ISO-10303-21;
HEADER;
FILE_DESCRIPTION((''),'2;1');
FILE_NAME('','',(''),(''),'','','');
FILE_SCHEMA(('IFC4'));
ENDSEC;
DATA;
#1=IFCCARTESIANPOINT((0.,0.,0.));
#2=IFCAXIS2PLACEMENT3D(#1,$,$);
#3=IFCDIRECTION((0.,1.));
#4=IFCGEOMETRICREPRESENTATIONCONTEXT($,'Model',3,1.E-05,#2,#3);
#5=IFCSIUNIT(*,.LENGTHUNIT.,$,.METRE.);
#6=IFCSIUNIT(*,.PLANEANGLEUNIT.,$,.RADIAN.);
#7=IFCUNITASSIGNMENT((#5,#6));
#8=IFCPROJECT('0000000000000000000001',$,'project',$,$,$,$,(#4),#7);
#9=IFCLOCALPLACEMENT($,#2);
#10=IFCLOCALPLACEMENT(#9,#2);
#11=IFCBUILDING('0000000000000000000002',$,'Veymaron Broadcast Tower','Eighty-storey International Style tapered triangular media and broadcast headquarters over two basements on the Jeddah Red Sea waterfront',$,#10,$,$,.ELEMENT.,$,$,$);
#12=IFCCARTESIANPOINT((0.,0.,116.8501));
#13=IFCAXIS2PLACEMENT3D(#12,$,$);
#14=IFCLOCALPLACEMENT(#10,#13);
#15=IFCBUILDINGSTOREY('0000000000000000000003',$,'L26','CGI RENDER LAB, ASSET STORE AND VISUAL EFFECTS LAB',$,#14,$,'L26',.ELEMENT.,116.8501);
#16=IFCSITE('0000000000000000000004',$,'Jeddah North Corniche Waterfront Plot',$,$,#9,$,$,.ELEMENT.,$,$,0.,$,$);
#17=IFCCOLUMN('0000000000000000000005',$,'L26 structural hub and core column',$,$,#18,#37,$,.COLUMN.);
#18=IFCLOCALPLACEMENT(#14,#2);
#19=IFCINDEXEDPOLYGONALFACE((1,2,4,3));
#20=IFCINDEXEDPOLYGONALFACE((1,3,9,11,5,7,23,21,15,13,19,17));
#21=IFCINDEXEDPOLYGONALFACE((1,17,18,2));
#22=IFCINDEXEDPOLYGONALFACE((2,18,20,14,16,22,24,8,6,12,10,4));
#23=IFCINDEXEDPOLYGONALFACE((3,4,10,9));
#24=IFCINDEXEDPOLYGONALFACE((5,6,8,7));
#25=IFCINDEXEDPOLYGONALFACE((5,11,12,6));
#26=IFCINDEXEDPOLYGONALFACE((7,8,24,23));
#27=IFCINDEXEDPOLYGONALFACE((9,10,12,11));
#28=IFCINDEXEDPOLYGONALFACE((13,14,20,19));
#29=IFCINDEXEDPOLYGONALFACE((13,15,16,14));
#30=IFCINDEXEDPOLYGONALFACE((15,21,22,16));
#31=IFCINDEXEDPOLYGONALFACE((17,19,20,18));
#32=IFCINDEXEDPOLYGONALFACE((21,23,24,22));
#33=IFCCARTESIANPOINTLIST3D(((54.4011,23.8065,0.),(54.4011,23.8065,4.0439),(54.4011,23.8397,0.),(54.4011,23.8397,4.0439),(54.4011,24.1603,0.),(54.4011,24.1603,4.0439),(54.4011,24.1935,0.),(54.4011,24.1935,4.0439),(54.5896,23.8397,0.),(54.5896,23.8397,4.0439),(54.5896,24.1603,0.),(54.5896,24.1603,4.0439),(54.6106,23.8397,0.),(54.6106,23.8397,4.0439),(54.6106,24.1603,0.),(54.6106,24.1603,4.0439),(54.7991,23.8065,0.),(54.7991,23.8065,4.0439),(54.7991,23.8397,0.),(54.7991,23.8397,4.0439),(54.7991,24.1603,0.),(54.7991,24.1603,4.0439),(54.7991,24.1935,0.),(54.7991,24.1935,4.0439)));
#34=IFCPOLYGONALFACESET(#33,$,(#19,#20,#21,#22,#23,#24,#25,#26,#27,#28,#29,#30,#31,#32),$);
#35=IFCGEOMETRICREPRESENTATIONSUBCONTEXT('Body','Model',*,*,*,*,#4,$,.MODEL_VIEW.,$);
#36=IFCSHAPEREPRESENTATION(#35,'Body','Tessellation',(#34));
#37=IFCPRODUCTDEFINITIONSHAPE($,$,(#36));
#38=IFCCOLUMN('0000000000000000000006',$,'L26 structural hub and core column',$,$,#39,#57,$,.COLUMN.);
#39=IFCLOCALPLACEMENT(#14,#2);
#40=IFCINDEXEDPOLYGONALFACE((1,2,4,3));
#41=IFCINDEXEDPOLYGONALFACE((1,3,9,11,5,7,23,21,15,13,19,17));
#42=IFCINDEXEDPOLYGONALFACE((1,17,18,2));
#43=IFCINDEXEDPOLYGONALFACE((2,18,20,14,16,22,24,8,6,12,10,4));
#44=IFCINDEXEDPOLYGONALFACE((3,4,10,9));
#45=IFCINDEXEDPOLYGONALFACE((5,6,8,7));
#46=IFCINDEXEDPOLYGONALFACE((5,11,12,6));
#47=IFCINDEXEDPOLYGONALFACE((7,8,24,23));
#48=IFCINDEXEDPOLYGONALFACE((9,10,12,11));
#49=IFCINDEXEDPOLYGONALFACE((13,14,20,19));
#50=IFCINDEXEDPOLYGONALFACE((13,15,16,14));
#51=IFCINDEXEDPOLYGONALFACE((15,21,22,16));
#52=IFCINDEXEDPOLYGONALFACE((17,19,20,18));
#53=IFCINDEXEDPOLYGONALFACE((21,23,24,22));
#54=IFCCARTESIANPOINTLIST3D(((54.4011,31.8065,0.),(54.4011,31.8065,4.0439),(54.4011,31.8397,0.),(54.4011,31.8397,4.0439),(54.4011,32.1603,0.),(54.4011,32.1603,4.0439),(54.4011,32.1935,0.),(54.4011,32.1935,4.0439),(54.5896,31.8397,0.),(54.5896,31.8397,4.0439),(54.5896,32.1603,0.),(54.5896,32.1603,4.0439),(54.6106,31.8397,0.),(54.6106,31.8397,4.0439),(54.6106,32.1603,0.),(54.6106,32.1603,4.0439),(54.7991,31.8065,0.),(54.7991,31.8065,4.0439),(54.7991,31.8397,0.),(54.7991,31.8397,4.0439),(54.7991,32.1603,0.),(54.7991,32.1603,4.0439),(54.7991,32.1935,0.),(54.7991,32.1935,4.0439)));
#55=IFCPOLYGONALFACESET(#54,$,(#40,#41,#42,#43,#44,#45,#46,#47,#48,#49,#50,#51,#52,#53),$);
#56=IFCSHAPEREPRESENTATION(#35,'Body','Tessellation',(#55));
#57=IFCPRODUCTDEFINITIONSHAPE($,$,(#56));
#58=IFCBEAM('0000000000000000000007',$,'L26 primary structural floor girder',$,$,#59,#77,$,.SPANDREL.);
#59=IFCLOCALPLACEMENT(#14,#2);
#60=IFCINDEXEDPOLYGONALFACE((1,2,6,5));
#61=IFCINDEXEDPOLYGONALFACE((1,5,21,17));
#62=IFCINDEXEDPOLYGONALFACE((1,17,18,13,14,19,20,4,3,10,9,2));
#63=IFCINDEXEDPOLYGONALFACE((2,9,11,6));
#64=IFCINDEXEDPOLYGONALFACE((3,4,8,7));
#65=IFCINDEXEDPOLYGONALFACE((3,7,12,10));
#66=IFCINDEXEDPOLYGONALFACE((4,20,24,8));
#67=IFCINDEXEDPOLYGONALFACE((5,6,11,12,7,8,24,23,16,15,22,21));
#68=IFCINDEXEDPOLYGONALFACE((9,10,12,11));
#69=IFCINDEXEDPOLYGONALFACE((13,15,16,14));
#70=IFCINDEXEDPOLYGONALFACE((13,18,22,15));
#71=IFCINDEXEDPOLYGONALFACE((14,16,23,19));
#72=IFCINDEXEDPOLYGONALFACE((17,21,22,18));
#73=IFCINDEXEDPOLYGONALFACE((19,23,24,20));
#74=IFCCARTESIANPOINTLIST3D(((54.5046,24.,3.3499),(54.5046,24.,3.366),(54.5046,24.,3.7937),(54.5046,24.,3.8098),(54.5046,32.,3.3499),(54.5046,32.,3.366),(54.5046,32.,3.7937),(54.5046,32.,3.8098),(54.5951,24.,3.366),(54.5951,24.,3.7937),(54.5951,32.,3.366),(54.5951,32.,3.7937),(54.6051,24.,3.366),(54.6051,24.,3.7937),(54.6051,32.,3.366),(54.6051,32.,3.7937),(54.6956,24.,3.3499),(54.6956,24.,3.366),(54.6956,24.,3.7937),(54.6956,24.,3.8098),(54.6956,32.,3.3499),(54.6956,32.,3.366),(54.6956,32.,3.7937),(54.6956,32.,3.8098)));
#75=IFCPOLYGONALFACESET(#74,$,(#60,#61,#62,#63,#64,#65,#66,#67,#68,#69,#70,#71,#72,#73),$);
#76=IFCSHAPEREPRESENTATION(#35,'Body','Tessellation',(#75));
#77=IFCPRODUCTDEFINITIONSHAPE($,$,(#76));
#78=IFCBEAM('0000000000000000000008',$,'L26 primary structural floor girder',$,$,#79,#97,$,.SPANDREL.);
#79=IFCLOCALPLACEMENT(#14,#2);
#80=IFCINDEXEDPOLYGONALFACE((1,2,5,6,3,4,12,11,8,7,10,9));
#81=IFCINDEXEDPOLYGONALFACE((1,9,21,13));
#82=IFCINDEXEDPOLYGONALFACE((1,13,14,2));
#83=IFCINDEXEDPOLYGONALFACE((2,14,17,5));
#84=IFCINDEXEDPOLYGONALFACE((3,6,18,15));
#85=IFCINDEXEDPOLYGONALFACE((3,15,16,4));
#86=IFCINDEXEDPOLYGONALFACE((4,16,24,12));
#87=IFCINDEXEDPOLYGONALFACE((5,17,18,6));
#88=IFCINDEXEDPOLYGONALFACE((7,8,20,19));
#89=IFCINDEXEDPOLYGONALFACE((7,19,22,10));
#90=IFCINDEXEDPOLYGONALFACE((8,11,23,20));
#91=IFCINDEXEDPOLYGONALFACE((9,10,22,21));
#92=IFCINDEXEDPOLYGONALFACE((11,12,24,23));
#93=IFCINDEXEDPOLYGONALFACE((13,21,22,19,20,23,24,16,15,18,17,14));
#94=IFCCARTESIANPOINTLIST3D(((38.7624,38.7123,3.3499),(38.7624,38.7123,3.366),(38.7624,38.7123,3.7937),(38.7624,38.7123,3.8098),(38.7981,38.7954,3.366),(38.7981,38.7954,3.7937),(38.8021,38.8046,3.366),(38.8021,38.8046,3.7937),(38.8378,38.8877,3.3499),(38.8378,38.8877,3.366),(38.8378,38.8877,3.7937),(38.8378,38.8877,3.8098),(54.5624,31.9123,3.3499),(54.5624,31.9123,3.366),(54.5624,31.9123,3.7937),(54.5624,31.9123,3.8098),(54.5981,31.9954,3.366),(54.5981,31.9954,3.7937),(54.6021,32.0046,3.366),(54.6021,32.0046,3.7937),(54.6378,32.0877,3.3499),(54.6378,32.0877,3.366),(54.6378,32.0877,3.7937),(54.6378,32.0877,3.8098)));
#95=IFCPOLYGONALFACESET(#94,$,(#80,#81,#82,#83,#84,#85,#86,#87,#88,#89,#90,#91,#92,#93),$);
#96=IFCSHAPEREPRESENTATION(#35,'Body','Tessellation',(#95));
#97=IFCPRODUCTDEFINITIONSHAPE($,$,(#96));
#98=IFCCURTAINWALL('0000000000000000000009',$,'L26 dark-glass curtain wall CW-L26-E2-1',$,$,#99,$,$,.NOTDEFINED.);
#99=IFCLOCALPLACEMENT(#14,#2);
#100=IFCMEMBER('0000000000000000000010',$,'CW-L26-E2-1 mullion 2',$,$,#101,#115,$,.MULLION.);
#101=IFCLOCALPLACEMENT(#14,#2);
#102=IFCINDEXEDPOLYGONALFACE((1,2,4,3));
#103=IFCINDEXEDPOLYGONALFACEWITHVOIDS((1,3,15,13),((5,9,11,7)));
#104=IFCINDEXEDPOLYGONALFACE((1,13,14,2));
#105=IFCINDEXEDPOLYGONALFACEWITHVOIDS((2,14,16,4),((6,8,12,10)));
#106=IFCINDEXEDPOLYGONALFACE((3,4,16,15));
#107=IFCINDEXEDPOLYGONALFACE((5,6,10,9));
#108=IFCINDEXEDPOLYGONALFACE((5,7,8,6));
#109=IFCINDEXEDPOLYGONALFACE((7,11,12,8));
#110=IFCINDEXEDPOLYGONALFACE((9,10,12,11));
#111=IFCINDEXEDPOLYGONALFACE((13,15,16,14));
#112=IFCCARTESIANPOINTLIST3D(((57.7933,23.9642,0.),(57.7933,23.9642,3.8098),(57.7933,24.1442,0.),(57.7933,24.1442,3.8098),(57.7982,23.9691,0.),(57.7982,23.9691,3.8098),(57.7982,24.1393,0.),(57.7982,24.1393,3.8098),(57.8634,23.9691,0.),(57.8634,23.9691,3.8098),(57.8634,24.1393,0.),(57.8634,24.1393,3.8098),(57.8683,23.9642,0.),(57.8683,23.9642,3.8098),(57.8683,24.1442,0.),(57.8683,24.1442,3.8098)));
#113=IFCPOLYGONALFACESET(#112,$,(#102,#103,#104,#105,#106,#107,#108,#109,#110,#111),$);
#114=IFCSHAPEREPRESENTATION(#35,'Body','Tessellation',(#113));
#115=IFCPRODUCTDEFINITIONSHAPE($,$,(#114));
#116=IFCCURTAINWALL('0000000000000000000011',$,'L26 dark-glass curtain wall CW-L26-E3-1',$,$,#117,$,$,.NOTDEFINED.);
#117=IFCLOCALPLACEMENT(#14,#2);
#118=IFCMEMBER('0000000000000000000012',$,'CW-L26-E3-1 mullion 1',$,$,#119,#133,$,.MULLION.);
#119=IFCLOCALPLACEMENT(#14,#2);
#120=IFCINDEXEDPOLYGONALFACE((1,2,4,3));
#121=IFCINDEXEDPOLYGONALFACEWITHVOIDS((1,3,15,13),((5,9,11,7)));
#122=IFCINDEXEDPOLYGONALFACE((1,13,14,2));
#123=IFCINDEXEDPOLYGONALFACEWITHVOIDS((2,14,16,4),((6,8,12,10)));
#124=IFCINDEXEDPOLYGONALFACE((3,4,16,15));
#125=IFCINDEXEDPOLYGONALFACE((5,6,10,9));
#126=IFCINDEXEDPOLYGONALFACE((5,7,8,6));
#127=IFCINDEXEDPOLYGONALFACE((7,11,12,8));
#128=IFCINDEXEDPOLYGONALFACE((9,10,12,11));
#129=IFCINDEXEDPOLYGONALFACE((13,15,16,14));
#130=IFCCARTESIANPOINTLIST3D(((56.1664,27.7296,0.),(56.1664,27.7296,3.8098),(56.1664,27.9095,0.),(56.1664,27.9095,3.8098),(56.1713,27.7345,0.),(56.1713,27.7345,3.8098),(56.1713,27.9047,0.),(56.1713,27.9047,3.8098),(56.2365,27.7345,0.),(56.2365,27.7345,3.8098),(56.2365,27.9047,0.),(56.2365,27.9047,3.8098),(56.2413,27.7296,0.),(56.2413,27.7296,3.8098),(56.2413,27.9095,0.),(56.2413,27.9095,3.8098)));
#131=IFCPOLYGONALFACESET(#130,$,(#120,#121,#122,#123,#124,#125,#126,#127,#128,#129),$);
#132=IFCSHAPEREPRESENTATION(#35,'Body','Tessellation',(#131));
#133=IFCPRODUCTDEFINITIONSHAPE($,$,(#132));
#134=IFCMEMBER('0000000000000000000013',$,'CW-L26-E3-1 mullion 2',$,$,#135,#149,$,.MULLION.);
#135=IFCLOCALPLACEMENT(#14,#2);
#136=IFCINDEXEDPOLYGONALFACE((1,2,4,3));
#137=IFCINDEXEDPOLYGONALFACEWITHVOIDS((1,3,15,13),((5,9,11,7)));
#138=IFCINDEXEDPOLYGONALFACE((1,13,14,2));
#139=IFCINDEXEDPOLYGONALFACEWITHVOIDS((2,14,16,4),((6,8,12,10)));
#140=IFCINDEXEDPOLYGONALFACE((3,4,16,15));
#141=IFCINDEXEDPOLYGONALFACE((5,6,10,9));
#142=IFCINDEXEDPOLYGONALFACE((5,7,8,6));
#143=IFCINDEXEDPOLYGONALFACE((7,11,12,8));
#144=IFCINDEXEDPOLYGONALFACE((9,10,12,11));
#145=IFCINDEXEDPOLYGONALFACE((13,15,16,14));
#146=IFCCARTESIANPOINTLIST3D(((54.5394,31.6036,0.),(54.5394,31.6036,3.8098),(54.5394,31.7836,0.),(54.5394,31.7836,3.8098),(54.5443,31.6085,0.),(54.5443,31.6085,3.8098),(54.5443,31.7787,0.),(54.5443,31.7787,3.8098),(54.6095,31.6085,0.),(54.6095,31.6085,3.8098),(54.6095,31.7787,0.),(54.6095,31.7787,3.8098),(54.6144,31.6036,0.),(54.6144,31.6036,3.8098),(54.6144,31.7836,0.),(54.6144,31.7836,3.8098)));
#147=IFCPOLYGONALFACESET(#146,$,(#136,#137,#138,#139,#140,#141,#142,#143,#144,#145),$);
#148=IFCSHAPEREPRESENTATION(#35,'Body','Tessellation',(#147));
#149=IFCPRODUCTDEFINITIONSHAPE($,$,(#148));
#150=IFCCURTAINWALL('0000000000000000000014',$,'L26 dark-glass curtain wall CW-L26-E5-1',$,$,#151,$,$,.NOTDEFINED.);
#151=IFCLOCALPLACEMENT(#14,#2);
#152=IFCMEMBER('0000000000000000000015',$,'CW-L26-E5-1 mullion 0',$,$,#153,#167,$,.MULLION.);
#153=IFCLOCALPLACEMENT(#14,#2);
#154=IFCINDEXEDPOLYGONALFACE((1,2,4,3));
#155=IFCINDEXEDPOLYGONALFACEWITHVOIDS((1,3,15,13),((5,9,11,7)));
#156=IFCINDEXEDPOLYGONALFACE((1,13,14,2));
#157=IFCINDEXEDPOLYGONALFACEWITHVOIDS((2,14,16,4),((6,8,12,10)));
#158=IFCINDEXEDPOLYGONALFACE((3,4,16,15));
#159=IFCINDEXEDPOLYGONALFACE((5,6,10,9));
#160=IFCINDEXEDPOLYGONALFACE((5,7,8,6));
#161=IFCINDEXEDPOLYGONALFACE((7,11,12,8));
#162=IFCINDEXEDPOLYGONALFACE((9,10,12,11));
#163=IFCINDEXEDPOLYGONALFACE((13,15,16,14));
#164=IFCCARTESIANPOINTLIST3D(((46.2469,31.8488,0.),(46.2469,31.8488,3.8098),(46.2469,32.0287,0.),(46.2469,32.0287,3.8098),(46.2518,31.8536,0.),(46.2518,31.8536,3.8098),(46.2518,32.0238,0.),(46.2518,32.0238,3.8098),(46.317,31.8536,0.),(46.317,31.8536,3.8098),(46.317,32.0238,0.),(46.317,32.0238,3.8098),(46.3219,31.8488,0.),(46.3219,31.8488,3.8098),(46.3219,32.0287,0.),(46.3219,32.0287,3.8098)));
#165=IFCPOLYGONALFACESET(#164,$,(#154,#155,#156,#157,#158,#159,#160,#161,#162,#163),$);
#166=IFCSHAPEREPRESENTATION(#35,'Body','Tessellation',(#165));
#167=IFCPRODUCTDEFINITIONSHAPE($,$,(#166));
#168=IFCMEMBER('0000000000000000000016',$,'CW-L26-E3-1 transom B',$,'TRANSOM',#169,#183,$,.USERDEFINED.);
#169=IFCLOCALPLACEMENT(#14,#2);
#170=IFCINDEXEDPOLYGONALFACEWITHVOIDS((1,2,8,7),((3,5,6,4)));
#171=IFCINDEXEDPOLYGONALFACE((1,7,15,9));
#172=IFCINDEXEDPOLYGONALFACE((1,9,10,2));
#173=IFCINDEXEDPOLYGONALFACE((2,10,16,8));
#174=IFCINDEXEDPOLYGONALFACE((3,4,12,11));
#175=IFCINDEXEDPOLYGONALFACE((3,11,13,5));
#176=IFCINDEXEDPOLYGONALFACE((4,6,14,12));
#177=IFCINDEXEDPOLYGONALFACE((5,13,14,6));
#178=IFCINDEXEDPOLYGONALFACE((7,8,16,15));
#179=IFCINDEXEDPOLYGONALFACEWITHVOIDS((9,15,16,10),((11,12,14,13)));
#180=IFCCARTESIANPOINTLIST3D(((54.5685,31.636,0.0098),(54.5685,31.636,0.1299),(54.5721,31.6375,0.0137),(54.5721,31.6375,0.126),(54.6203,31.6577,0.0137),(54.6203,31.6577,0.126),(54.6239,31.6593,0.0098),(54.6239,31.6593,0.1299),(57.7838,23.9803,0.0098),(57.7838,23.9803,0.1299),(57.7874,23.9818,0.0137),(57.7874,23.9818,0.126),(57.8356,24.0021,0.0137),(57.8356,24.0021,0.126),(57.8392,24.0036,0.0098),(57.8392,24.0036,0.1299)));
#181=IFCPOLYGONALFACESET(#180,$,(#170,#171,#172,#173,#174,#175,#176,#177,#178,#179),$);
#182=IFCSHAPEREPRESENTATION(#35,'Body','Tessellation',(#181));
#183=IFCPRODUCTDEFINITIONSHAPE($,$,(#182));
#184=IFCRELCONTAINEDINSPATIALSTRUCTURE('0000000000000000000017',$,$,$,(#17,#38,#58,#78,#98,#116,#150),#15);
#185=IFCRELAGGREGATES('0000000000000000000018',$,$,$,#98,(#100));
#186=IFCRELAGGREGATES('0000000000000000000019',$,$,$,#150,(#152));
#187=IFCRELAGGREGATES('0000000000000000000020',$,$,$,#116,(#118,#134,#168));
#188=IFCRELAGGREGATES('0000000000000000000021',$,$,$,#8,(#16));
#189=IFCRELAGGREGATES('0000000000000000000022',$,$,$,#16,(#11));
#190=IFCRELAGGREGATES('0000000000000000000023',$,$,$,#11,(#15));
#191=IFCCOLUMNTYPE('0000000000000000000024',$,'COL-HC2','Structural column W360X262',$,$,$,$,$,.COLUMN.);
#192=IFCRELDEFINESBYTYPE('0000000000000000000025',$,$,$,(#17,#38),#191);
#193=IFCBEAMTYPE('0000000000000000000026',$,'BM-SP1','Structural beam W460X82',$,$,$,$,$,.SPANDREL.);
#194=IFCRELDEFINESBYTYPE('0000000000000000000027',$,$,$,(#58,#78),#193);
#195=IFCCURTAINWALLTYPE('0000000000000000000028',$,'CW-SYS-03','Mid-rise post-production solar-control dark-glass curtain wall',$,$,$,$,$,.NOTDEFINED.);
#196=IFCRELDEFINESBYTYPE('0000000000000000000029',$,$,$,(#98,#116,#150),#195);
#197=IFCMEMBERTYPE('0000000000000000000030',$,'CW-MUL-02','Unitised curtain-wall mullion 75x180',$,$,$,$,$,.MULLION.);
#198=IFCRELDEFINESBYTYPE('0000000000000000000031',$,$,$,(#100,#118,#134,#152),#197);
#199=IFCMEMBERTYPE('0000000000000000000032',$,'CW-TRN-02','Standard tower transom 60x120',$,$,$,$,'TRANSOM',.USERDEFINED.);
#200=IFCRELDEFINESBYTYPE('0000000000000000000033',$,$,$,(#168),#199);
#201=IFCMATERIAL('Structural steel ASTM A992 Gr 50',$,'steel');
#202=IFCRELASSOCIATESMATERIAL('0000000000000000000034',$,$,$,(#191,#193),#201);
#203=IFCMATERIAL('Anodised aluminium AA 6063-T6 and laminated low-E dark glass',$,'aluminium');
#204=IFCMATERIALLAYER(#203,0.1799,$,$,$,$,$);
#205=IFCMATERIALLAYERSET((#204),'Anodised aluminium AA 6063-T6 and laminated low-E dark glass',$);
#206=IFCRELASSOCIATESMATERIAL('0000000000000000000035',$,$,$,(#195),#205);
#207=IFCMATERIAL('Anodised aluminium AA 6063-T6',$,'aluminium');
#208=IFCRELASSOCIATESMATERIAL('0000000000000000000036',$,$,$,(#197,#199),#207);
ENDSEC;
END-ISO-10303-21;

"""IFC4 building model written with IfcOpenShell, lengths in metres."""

from ifc_helpers import new_model, si_unit, direction, frame, origin, origin_2d, place, context, subcontext, project, spatial, hollow_rectangle, i_section, extrude, material, layer, layer_set, material_profile, profile_set, type_object, element, aggregate, save


model = new_model("IFC4")

# Units and contexts
model_context = context("Model", 3, precision=1e-05, world=origin(), true_north=direction((0.0, 1.0)))
body_context = subcontext(model_context, "Body", "Model", "MODEL_VIEW")
ifc_project = project(units=[si_unit("LENGTHUNIT", "METRE"), si_unit("PLANEANGLEUNIT", "RADIAN")], contexts=[model_context])

# Site, building, storey
site_placement = place(None, origin())
site = spatial("IfcSite", under=ifc_project, at=site_placement, Name="Jeddah North Corniche Waterfront Plot", CompositionType="ELEMENT", RefElevation=0.0)
building_placement = place(site_placement, origin())
building = spatial("IfcBuilding", under=site, at=building_placement, Name="Veymaron Broadcast Tower", Description="Eighty-storey International Style tapered triangular media and broadcast headquarters over two basements on the Jeddah Red Sea waterfront", CompositionType="ELEMENT")
storey_placement = place(building_placement, frame((0.0, 0.0, 116.8501)))
storey = spatial("IfcBuildingStorey", under=building, at=storey_placement, Name="L26", Description="CGI RENDER LAB, ASSET STORE AND VISUAL EFFECTS LAB", LongName="L26", CompositionType="ELEMENT", Elevation=116.8501)

# Columns
ifc_material_1 = material(Name="Structural steel ASTM A992 Gr 50", Category="steel")
ifc_material_profile_1 = material_profile(ifc_material_1, i_section(OverallWidth=0.3979, OverallDepth=0.387, WebThickness=0.021, FlangeThickness=0.0332, at=origin_2d()), Name="W360X262")
ifc_profile_set_1 = profile_set([ifc_material_profile_1], Name="Structural steel ASTM A992 Gr 50")
column_type = type_object("IfcColumnType", Name="COL-HC2", Description="Structural column W360X262", PredefinedType="COLUMN", material=ifc_profile_set_1)
for number, where, z_axis, x_axis, name in (
    (1, (54.6001, 24.0, 0.0), (0.0, 0.0, 1.0), (1.0, 0.0, 0.0), "L26 structural hub and core column"),
    (2, (54.6001, 32.0, 0.0), (0.0, 0.0, 1.0), (1.0, 0.0, 0.0), "L26 structural hub and core column"),
):
    element("IfcColumn", number, at=place(storey_placement, frame(where, z_axis=z_axis, x_axis=x_axis)), inside=storey, type_object=column_type, Name=name, PredefinedType="COLUMN", context=body_context, shape_type="SweptSolid", body=[
        extrude(i_section(OverallWidth=0.3979, OverallDepth=0.387, WebThickness=0.021, FlangeThickness=0.0332, at=origin_2d()), origin(), (0.0, 0.0, 1.0), 4.0439),
    ])

# Beams
ifc_material_profile_2 = material_profile(ifc_material_1, i_section(OverallWidth=0.1909, OverallDepth=0.46, WebThickness=0.01, FlangeThickness=0.0161, at=origin_2d()), Name="W460X82")
ifc_profile_set_2 = profile_set([ifc_material_profile_2], Name="Structural steel ASTM A992 Gr 50")
beam_type = type_object("IfcBeamType", Name="BM-SP1", Description="Structural beam W460X82", PredefinedType="SPANDREL", material=ifc_profile_set_2)
beam_1_placement = place(storey_placement, frame((54.6001, 24.0, 3.5798), z_axis=(0.0, 1.0, 0.0), x_axis=(-1.0, 0.0, 0.0)))
element("IfcBeam", 3, at=beam_1_placement, inside=storey, type_object=beam_type, Name="L26 primary structural floor girder", PredefinedType="SPANDREL", context=body_context, shape_type="SweptSolid", body=[
    extrude(i_section(OverallWidth=0.1909, OverallDepth=0.46, WebThickness=0.01, FlangeThickness=0.0161, at=origin_2d()), origin(), (0.0, 0.0, 1.0), 8.0),
])
beam_2_placement = place(storey_placement, frame((54.6001, 32.0, 3.5798), z_axis=(-0.918542, 0.395323, 0.0), x_axis=(-0.395323, -0.918542, 0.0)))
element("IfcBeam", 4, at=beam_2_placement, inside=storey, type_object=beam_type, Name="L26 primary structural floor girder", PredefinedType="SPANDREL", context=body_context, shape_type="SweptSolid", body=[
    extrude(i_section(OverallWidth=0.1909, OverallDepth=0.46, WebThickness=0.01, FlangeThickness=0.0161, at=origin_2d()), origin(), (0.0, 0.0, 1.0), 17.2012),
])

# Curtain wall, member
ifc_material_2 = material(Name="Anodised aluminium AA 6063-T6 and laminated low-E dark glass", Category="aluminium")
ifc_layer_1 = layer(ifc_material_2, 0.1799)
ifc_layer_set_1 = layer_set([ifc_layer_1], Name="Anodised aluminium AA 6063-T6 and laminated low-E dark glass")
curtain_wall_type = type_object("IfcCurtainWallType", Name="CW-SYS-03", Description="Mid-rise post-production solar-control dark-glass curtain wall", PredefinedType="NOTDEFINED", material=ifc_layer_set_1)
curtain_wall_1_placement = place(storey_placement, origin())
curtain_wall_1 = element("IfcCurtainWall", 5, at=curtain_wall_1_placement, inside=storey, type_object=curtain_wall_type, Name="L26 dark-glass curtain wall CW-L26-E2-1", PredefinedType="NOTDEFINED")
ifc_material_3 = material(Name="Anodised aluminium AA 6063-T6", Category="aluminium")
ifc_material_profile_3 = material_profile(ifc_material_3, hollow_rectangle(XDim=0.075, YDim=0.1799, WallThickness=0.0049, at=origin_2d()), Name="AL180X75X5")
ifc_profile_set_3 = profile_set([ifc_material_profile_3], Name="Anodised aluminium AA 6063-T6")
member_type_1 = type_object("IfcMemberType", Name="CW-MUL-02", Description="Unitised curtain-wall mullion 75x180", PredefinedType="MULLION", material=ifc_profile_set_3)
member_1_placement = place(storey_placement, frame((57.8308, 24.0542, 0.0), z_axis=(0.0, 0.0, 1.0), x_axis=(1.0, 0.0, 0.0)))
member_1 = element("IfcMember", 6, at=member_1_placement, type_object=member_type_1, Name="CW-L26-E2-1 mullion 2", PredefinedType="MULLION", context=body_context, shape_type="SweptSolid", body=[
    extrude(hollow_rectangle(XDim=0.075, YDim=0.1799, WallThickness=0.0049, at=origin_2d()), origin(), (0.0, 0.0, 1.0), 3.8098),
])
aggregate(curtain_wall_1, [member_1])

# Curtain wall, members
curtain_wall_2_placement = place(storey_placement, origin())
curtain_wall_2 = element("IfcCurtainWall", 7, at=curtain_wall_2_placement, inside=storey, type_object=curtain_wall_type, Name="L26 dark-glass curtain wall CW-L26-E3-1", PredefinedType="NOTDEFINED")
member_2_placement = place(storey_placement, frame((56.2039, 27.8196, 0.0), z_axis=(0.0, 0.0, 1.0), x_axis=(1.0, 0.0, 0.0)))
member_2 = element("IfcMember", 8, at=member_2_placement, type_object=member_type_1, Name="CW-L26-E3-1 mullion 1", PredefinedType="MULLION", context=body_context, shape_type="SweptSolid", body=[
    extrude(hollow_rectangle(XDim=0.075, YDim=0.1799, WallThickness=0.0049, at=origin_2d()), origin(), (0.0, 0.0, 1.0), 3.8098),
])
member_3_placement = place(storey_placement, frame((54.5769, 31.6936, 0.0), z_axis=(0.0, 0.0, 1.0), x_axis=(1.0, 0.0, 0.0)))
member_3 = element("IfcMember", 9, at=member_3_placement, type_object=member_type_1, Name="CW-L26-E3-1 mullion 2", PredefinedType="MULLION", context=body_context, shape_type="SweptSolid", body=[
    extrude(hollow_rectangle(XDim=0.075, YDim=0.1799, WallThickness=0.0049, at=origin_2d()), origin(), (0.0, 0.0, 1.0), 3.8098),
])

# Curtain wall, member
curtain_wall_3_placement = place(storey_placement, origin())
curtain_wall_3 = element("IfcCurtainWall", 10, at=curtain_wall_3_placement, inside=storey, type_object=curtain_wall_type, Name="L26 dark-glass curtain wall CW-L26-E5-1", PredefinedType="NOTDEFINED")
member_4_placement = place(storey_placement, frame((46.2844, 31.9387, 0.0), z_axis=(0.0, 0.0, 1.0), x_axis=(1.0, 0.0, 0.0)))
member_4 = element("IfcMember", 11, at=member_4_placement, type_object=member_type_1, Name="CW-L26-E5-1 mullion 0", PredefinedType="MULLION", context=body_context, shape_type="SweptSolid", body=[
    extrude(hollow_rectangle(XDim=0.075, YDim=0.1799, WallThickness=0.0049, at=origin_2d()), origin(), (0.0, 0.0, 1.0), 3.8098),
])

# Member
ifc_material_profile_4 = material_profile(ifc_material_3, hollow_rectangle(XDim=0.0601, YDim=0.1201, WallThickness=0.0039, at=origin_2d()), Name="AL120X60X4")
ifc_profile_set_4 = profile_set([ifc_material_profile_4], Name="Anodised aluminium AA 6063-T6")
member_type_2 = type_object("IfcMemberType", Name="CW-TRN-02", Description="Standard tower transom 60x120", ElementType="TRANSOM", PredefinedType="USERDEFINED", material=ifc_profile_set_4)
member_5_placement = place(storey_placement, frame((57.8115, 23.9919, 0.0698), z_axis=(-0.387223, 0.921986, 0.0), x_axis=(-0.921986, -0.387223, 0.0)))
member_5 = element("IfcMember", 12, at=member_5_placement, type_object=member_type_2, Name="CW-L26-E3-1 transom B", ObjectType="TRANSOM", PredefinedType="USERDEFINED", context=body_context, shape_type="SweptSolid", body=[
    extrude(hollow_rectangle(XDim=0.0601, YDim=0.1201, WallThickness=0.0039, at=origin_2d()), origin(), (0.0, 0.0, 1.0), 8.3035),
])
aggregate(curtain_wall_3, [member_4])

aggregate(curtain_wall_2, [member_2, member_3, member_5])

save(model, "model.ifc")
